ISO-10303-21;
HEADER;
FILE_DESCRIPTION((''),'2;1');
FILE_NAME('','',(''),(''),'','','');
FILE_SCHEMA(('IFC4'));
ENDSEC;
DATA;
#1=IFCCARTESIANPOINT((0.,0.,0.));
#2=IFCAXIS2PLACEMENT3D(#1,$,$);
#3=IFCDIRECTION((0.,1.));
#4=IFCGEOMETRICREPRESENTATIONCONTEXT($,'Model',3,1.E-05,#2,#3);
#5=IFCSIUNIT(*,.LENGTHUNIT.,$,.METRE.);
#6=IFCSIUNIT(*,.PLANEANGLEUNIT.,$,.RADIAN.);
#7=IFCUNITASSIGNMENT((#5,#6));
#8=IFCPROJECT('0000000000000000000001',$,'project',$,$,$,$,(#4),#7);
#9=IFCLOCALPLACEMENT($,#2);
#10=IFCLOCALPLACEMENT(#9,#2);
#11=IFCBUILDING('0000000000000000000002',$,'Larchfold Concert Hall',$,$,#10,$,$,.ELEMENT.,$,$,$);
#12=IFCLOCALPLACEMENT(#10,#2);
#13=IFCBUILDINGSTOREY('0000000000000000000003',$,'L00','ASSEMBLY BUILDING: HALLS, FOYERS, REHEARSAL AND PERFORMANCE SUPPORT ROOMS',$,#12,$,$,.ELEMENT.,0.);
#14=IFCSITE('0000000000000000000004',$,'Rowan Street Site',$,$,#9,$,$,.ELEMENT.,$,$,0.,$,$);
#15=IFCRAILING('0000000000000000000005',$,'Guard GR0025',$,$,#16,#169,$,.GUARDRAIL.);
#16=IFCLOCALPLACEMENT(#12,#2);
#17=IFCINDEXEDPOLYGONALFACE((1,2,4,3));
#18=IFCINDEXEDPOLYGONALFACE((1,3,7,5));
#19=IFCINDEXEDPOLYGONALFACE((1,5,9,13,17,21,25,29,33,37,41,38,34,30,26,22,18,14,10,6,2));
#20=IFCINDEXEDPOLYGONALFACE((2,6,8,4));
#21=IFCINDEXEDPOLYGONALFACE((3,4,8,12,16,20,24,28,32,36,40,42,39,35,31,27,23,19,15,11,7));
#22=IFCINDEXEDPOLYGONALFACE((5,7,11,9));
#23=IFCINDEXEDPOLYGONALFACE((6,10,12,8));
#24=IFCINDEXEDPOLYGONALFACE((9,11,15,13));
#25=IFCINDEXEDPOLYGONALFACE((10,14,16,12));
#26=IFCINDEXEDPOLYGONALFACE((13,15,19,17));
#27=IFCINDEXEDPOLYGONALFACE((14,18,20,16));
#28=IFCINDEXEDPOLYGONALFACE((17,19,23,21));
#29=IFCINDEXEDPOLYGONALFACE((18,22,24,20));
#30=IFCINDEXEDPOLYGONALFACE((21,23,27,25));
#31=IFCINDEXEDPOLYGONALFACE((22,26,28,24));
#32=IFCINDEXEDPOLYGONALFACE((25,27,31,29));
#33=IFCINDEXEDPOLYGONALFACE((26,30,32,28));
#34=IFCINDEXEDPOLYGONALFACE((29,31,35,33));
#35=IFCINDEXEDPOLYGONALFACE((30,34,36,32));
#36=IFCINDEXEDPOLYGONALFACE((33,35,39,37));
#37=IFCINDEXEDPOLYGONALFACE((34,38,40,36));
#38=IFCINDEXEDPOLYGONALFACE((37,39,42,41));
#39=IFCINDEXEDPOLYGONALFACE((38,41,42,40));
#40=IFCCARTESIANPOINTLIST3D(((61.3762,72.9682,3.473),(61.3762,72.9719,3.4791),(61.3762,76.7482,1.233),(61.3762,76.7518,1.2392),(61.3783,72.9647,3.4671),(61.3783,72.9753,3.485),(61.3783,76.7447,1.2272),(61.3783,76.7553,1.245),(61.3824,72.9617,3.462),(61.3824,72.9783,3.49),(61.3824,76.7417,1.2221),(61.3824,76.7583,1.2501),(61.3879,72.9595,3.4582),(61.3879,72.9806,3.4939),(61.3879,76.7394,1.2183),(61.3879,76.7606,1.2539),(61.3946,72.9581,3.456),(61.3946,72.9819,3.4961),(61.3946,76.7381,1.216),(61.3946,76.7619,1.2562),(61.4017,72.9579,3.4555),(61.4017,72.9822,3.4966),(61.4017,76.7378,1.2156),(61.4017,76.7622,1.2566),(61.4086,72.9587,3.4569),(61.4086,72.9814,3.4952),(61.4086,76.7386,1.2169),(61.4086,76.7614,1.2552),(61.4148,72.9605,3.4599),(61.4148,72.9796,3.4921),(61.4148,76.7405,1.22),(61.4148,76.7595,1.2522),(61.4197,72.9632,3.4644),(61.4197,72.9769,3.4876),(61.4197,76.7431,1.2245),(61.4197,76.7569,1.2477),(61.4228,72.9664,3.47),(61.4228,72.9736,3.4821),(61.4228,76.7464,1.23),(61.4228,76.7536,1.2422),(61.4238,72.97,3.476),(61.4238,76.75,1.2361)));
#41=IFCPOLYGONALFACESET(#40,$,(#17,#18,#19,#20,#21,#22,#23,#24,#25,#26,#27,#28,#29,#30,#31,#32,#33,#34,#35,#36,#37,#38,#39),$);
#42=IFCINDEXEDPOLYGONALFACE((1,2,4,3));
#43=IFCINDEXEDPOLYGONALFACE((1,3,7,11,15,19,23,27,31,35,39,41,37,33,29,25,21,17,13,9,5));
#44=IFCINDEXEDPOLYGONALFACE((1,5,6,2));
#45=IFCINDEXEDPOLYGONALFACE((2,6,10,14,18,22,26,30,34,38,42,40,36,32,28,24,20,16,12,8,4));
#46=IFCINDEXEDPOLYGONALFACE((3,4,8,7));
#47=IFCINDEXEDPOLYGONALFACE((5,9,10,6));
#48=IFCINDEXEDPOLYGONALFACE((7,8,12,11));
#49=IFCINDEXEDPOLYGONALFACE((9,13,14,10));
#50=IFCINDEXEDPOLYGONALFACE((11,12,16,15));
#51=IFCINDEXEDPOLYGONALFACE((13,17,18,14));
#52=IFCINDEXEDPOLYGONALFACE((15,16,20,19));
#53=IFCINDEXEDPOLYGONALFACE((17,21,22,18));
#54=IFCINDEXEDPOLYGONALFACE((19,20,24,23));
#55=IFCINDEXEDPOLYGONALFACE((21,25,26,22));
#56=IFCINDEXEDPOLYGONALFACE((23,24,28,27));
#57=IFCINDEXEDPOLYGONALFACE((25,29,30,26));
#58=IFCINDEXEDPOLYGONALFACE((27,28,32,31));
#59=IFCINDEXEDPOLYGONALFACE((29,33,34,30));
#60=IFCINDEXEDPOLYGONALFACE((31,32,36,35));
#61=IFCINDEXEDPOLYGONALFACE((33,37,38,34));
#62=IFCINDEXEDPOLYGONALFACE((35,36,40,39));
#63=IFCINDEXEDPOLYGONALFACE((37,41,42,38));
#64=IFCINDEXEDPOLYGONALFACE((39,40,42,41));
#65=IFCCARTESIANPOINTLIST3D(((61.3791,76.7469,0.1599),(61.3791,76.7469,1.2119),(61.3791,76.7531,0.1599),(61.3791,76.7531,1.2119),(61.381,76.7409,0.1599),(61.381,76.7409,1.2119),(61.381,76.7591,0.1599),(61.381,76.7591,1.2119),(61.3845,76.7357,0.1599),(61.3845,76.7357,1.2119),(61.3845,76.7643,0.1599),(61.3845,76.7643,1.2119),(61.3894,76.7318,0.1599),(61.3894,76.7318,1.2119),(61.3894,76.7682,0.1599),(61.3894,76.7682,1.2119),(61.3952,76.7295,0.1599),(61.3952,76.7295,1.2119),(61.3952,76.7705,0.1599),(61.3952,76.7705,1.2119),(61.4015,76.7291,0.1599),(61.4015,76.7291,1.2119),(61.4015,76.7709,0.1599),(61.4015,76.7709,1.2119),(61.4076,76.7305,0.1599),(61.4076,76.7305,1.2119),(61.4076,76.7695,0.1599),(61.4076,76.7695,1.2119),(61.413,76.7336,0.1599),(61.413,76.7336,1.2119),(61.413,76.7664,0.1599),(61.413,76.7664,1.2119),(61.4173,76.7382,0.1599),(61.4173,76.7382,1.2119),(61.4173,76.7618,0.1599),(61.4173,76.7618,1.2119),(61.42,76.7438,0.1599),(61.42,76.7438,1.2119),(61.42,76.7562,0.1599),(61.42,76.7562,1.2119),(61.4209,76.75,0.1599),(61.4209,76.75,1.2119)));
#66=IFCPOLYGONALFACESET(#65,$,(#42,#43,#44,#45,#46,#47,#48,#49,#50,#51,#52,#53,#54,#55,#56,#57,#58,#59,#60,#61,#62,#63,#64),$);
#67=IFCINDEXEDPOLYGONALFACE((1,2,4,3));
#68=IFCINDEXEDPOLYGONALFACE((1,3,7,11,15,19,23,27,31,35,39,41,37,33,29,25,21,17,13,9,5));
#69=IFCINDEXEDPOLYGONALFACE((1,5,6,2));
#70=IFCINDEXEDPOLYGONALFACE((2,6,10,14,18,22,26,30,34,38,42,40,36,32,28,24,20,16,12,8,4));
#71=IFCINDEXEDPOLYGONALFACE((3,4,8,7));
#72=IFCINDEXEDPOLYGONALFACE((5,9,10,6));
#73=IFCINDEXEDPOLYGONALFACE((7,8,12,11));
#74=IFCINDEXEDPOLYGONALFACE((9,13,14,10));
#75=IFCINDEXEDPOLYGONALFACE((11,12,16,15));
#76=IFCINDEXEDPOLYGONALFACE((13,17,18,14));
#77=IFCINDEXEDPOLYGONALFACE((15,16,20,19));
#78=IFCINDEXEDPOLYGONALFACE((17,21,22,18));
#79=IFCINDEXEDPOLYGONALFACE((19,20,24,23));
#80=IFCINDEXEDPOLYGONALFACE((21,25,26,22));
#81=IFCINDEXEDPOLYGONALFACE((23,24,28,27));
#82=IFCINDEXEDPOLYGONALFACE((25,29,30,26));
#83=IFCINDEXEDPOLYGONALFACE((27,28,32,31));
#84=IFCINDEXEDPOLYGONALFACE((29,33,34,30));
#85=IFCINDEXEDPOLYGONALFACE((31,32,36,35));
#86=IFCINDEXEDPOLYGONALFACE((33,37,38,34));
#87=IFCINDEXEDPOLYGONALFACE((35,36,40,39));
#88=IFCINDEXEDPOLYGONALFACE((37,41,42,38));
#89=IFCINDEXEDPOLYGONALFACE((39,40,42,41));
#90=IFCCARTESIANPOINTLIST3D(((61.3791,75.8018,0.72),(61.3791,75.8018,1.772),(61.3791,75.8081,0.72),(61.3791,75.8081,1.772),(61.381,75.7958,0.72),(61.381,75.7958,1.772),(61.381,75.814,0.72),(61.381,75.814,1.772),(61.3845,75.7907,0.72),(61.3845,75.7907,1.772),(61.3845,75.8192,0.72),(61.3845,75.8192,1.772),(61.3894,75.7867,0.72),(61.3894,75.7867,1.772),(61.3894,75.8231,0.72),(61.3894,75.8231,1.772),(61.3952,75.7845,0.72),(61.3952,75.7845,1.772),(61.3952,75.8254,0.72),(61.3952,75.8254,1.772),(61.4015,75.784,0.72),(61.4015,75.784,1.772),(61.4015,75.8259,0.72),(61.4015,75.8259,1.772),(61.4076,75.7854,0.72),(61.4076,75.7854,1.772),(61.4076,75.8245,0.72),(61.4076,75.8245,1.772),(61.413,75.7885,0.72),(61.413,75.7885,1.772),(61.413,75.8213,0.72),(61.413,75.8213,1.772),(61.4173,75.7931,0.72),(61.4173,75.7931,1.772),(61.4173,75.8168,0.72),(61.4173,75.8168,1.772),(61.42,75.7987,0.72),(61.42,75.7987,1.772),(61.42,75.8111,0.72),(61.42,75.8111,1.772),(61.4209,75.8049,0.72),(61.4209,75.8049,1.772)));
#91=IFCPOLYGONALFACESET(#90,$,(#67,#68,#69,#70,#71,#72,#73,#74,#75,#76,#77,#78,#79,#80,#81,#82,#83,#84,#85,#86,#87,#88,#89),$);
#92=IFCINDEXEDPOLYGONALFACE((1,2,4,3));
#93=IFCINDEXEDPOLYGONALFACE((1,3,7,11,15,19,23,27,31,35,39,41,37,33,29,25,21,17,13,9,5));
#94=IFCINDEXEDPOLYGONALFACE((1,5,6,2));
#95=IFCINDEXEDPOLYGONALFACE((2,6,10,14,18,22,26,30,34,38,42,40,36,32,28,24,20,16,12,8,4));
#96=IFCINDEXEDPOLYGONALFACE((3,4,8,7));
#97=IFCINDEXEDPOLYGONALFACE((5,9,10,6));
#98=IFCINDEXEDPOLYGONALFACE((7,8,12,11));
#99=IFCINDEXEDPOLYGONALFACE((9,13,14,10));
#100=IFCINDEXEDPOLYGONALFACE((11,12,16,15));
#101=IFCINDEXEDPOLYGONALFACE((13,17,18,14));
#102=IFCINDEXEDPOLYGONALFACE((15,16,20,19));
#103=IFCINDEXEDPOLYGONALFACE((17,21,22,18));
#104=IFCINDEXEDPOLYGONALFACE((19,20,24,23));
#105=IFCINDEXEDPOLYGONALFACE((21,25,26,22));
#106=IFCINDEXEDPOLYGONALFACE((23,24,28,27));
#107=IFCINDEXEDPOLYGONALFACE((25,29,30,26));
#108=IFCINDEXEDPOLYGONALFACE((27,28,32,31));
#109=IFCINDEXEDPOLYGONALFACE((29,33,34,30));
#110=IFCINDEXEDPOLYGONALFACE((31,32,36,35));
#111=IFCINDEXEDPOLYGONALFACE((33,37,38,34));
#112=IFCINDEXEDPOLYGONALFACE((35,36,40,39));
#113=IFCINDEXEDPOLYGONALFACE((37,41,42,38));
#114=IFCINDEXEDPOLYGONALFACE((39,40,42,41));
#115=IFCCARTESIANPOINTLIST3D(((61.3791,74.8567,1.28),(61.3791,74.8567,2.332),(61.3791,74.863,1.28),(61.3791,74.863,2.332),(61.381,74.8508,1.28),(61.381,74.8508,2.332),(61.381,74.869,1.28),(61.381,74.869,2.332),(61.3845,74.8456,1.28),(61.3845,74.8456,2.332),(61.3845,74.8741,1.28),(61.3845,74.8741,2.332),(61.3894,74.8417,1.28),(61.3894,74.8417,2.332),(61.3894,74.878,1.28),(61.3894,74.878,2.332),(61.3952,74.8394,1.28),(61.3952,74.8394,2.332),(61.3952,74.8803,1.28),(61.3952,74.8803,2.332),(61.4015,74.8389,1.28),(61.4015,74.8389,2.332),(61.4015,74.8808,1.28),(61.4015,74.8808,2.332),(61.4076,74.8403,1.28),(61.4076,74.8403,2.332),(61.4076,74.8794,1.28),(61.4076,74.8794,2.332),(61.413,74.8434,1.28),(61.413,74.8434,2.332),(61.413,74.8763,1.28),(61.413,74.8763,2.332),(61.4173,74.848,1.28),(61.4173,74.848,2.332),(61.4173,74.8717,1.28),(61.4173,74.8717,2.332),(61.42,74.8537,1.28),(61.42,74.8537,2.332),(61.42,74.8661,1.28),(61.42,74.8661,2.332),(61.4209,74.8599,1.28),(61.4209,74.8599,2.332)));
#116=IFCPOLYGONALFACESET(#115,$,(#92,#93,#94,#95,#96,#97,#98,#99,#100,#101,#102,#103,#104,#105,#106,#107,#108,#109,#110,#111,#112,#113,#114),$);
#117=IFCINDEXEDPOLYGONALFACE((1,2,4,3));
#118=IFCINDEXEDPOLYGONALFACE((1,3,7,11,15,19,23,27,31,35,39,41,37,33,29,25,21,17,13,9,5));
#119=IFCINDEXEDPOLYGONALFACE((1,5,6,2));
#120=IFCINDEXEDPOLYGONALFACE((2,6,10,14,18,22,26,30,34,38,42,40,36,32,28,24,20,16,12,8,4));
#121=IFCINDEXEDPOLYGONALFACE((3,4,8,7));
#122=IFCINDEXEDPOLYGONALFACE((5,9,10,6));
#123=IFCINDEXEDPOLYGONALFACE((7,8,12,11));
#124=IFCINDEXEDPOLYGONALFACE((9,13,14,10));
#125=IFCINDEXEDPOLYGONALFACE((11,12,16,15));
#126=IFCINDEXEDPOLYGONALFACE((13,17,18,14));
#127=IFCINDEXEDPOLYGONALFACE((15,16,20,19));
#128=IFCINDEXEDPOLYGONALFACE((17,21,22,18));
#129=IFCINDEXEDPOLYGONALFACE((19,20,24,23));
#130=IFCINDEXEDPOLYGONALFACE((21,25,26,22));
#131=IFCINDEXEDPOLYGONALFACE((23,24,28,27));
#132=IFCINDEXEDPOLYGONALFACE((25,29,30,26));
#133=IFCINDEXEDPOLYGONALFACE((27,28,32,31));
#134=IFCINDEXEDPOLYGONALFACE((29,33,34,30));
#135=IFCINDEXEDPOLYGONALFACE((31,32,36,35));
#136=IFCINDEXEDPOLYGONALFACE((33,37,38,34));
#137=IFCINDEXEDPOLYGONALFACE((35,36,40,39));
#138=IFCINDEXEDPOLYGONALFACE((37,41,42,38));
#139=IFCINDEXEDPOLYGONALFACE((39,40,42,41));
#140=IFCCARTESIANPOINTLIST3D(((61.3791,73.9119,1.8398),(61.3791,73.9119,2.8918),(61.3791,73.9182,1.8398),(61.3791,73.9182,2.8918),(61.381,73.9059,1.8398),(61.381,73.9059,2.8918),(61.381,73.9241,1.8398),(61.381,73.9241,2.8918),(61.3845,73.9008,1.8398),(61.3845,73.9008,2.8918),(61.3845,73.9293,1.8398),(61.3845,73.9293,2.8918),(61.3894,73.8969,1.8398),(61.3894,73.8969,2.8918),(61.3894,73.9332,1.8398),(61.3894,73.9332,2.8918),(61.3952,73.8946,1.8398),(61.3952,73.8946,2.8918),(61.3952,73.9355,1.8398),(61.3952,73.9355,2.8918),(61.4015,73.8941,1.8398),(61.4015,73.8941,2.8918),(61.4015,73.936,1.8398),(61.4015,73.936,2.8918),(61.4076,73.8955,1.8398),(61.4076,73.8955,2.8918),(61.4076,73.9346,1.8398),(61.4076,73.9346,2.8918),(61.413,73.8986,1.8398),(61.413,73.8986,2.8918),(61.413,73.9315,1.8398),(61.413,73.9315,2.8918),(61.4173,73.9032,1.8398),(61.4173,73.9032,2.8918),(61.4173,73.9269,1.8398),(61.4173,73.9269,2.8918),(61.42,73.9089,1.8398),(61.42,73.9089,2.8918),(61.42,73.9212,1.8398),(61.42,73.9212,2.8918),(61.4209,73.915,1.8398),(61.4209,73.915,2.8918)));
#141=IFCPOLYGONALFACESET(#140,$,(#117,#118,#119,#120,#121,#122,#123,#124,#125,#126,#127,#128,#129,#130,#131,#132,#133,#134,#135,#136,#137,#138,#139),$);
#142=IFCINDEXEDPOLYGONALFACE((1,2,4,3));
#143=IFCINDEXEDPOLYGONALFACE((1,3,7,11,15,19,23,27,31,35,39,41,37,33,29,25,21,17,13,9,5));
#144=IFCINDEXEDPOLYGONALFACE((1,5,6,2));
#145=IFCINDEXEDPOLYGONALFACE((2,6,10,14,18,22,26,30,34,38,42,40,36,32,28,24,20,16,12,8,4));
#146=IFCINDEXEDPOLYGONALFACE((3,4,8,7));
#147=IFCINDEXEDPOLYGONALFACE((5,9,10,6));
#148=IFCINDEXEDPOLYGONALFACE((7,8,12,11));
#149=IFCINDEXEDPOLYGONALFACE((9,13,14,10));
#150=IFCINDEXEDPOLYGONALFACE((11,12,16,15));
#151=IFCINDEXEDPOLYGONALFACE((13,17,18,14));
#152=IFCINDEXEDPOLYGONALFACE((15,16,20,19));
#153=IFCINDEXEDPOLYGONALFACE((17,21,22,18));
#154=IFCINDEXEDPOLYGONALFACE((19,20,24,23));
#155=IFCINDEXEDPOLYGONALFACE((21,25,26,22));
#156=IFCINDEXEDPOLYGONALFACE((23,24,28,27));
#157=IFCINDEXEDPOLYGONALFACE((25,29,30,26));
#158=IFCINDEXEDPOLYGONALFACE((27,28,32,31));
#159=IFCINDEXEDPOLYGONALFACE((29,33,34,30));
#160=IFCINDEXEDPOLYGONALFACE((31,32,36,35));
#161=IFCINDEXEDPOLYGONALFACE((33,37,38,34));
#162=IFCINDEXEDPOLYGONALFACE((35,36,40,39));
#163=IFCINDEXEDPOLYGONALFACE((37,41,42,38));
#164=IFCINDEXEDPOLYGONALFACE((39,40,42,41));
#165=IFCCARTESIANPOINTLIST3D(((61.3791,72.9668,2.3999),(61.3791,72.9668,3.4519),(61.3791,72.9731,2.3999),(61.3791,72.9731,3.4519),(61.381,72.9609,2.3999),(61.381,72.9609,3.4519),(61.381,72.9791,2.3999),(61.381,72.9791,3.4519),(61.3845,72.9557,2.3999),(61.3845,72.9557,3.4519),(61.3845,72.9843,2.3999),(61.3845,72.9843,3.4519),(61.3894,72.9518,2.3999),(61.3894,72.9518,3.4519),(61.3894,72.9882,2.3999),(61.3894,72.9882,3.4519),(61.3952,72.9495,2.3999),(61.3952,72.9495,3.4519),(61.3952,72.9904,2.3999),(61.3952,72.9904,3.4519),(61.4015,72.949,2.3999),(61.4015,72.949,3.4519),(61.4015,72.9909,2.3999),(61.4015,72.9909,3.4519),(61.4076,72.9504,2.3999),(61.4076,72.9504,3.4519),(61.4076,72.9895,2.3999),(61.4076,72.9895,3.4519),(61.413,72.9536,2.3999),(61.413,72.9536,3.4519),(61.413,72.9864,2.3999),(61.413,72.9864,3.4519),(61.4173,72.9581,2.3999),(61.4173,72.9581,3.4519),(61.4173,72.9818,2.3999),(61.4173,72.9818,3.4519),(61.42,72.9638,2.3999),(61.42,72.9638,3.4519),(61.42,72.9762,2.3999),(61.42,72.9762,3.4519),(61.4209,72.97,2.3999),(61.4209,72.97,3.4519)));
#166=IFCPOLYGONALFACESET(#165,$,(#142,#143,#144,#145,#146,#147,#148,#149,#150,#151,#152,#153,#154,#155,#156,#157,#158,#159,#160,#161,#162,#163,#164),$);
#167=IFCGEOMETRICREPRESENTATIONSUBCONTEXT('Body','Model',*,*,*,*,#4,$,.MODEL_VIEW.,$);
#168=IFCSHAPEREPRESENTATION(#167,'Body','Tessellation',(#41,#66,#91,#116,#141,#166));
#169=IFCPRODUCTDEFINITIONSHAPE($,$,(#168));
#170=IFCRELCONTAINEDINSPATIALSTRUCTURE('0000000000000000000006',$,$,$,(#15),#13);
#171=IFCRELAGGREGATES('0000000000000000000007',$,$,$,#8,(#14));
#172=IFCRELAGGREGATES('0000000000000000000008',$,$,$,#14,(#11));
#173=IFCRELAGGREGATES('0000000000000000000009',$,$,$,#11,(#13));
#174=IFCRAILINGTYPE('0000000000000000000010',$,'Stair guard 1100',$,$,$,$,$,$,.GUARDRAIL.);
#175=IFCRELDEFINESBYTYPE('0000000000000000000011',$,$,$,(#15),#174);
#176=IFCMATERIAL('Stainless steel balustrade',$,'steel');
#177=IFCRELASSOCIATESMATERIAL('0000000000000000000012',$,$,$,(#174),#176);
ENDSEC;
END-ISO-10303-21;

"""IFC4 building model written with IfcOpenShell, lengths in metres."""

from ifc_helpers import new_model, si_unit, direction, frame, origin, origin_2d, place, context, subcontext, project, spatial, circle, extrude, material, type_object, element, save


model = new_model("IFC4")

# Units and contexts
model_context = context("Model", 3, precision=1e-05, world=origin(), true_north=direction((0.0, 1.0)))
body_context = subcontext(model_context, "Body", "Model", "MODEL_VIEW")
ifc_project = project(units=[si_unit("LENGTHUNIT", "METRE"), si_unit("PLANEANGLEUNIT", "RADIAN")], contexts=[model_context])

# Site, building, storey
site_placement = place(None, origin())
site = spatial("IfcSite", under=ifc_project, at=site_placement, Name="Rowan Street Site", CompositionType="ELEMENT", RefElevation=0.0)
building_placement = place(site_placement, origin())
building = spatial("IfcBuilding", under=site, at=building_placement, Name="Larchfold Concert Hall", CompositionType="ELEMENT")
storey_placement = place(building_placement, origin())
storey = spatial("IfcBuildingStorey", under=building, at=storey_placement, Name="L00", Description="ASSEMBLY BUILDING: HALLS, FOYERS, REHEARSAL AND PERFORMANCE SUPPORT ROOMS", CompositionType="ELEMENT", Elevation=0.0)

# Railing
ifc_material_1 = material(Name="Stainless steel balustrade", Category="steel")
railing_type_1 = type_object("IfcRailingType", Name="Stair guard 1100", PredefinedType="GUARDRAIL", material=ifc_material_1)
railing_1_placement = place(storey_placement, frame((61.3999, 76.75, 0.1599)))
element("IfcRailing", 1, at=railing_1_placement, inside=storey, type_object=railing_type_1, Name="Guard GR0025", PredefinedType="GUARDRAIL", context=body_context, shape_type="SweptSolid", body=[
    extrude(circle(Radius=0.0239, at=origin_2d()), frame((0.0, 0.0, 1.0762), z_axis=(0.0, -0.860294, 0.509798), x_axis=(1.0, 0.0, 0.0)), (0.0, 0.0, 1.0), 4.3938),
    extrude(circle(Radius=0.021, at=origin_2d()), origin(), (0.0, 0.0, 1.0), 1.052),
    extrude(circle(Radius=0.021, at=origin_2d()), frame((0.0, -0.9451, 0.5601)), (0.0, 0.0, 1.0), 1.052),
    extrude(circle(Radius=0.021, at=origin_2d()), frame((0.0, -1.8901, 1.1201)), (0.0, 0.0, 1.0), 1.052),
    extrude(circle(Radius=0.021, at=origin_2d()), frame((0.0, -2.835, 1.6799)), (0.0, 0.0, 1.0), 1.052),
    extrude(circle(Radius=0.021, at=origin_2d()), frame((0.0, -3.78, 2.24)), (0.0, 0.0, 1.0), 1.052),
])

save(model, "model.ifc")
